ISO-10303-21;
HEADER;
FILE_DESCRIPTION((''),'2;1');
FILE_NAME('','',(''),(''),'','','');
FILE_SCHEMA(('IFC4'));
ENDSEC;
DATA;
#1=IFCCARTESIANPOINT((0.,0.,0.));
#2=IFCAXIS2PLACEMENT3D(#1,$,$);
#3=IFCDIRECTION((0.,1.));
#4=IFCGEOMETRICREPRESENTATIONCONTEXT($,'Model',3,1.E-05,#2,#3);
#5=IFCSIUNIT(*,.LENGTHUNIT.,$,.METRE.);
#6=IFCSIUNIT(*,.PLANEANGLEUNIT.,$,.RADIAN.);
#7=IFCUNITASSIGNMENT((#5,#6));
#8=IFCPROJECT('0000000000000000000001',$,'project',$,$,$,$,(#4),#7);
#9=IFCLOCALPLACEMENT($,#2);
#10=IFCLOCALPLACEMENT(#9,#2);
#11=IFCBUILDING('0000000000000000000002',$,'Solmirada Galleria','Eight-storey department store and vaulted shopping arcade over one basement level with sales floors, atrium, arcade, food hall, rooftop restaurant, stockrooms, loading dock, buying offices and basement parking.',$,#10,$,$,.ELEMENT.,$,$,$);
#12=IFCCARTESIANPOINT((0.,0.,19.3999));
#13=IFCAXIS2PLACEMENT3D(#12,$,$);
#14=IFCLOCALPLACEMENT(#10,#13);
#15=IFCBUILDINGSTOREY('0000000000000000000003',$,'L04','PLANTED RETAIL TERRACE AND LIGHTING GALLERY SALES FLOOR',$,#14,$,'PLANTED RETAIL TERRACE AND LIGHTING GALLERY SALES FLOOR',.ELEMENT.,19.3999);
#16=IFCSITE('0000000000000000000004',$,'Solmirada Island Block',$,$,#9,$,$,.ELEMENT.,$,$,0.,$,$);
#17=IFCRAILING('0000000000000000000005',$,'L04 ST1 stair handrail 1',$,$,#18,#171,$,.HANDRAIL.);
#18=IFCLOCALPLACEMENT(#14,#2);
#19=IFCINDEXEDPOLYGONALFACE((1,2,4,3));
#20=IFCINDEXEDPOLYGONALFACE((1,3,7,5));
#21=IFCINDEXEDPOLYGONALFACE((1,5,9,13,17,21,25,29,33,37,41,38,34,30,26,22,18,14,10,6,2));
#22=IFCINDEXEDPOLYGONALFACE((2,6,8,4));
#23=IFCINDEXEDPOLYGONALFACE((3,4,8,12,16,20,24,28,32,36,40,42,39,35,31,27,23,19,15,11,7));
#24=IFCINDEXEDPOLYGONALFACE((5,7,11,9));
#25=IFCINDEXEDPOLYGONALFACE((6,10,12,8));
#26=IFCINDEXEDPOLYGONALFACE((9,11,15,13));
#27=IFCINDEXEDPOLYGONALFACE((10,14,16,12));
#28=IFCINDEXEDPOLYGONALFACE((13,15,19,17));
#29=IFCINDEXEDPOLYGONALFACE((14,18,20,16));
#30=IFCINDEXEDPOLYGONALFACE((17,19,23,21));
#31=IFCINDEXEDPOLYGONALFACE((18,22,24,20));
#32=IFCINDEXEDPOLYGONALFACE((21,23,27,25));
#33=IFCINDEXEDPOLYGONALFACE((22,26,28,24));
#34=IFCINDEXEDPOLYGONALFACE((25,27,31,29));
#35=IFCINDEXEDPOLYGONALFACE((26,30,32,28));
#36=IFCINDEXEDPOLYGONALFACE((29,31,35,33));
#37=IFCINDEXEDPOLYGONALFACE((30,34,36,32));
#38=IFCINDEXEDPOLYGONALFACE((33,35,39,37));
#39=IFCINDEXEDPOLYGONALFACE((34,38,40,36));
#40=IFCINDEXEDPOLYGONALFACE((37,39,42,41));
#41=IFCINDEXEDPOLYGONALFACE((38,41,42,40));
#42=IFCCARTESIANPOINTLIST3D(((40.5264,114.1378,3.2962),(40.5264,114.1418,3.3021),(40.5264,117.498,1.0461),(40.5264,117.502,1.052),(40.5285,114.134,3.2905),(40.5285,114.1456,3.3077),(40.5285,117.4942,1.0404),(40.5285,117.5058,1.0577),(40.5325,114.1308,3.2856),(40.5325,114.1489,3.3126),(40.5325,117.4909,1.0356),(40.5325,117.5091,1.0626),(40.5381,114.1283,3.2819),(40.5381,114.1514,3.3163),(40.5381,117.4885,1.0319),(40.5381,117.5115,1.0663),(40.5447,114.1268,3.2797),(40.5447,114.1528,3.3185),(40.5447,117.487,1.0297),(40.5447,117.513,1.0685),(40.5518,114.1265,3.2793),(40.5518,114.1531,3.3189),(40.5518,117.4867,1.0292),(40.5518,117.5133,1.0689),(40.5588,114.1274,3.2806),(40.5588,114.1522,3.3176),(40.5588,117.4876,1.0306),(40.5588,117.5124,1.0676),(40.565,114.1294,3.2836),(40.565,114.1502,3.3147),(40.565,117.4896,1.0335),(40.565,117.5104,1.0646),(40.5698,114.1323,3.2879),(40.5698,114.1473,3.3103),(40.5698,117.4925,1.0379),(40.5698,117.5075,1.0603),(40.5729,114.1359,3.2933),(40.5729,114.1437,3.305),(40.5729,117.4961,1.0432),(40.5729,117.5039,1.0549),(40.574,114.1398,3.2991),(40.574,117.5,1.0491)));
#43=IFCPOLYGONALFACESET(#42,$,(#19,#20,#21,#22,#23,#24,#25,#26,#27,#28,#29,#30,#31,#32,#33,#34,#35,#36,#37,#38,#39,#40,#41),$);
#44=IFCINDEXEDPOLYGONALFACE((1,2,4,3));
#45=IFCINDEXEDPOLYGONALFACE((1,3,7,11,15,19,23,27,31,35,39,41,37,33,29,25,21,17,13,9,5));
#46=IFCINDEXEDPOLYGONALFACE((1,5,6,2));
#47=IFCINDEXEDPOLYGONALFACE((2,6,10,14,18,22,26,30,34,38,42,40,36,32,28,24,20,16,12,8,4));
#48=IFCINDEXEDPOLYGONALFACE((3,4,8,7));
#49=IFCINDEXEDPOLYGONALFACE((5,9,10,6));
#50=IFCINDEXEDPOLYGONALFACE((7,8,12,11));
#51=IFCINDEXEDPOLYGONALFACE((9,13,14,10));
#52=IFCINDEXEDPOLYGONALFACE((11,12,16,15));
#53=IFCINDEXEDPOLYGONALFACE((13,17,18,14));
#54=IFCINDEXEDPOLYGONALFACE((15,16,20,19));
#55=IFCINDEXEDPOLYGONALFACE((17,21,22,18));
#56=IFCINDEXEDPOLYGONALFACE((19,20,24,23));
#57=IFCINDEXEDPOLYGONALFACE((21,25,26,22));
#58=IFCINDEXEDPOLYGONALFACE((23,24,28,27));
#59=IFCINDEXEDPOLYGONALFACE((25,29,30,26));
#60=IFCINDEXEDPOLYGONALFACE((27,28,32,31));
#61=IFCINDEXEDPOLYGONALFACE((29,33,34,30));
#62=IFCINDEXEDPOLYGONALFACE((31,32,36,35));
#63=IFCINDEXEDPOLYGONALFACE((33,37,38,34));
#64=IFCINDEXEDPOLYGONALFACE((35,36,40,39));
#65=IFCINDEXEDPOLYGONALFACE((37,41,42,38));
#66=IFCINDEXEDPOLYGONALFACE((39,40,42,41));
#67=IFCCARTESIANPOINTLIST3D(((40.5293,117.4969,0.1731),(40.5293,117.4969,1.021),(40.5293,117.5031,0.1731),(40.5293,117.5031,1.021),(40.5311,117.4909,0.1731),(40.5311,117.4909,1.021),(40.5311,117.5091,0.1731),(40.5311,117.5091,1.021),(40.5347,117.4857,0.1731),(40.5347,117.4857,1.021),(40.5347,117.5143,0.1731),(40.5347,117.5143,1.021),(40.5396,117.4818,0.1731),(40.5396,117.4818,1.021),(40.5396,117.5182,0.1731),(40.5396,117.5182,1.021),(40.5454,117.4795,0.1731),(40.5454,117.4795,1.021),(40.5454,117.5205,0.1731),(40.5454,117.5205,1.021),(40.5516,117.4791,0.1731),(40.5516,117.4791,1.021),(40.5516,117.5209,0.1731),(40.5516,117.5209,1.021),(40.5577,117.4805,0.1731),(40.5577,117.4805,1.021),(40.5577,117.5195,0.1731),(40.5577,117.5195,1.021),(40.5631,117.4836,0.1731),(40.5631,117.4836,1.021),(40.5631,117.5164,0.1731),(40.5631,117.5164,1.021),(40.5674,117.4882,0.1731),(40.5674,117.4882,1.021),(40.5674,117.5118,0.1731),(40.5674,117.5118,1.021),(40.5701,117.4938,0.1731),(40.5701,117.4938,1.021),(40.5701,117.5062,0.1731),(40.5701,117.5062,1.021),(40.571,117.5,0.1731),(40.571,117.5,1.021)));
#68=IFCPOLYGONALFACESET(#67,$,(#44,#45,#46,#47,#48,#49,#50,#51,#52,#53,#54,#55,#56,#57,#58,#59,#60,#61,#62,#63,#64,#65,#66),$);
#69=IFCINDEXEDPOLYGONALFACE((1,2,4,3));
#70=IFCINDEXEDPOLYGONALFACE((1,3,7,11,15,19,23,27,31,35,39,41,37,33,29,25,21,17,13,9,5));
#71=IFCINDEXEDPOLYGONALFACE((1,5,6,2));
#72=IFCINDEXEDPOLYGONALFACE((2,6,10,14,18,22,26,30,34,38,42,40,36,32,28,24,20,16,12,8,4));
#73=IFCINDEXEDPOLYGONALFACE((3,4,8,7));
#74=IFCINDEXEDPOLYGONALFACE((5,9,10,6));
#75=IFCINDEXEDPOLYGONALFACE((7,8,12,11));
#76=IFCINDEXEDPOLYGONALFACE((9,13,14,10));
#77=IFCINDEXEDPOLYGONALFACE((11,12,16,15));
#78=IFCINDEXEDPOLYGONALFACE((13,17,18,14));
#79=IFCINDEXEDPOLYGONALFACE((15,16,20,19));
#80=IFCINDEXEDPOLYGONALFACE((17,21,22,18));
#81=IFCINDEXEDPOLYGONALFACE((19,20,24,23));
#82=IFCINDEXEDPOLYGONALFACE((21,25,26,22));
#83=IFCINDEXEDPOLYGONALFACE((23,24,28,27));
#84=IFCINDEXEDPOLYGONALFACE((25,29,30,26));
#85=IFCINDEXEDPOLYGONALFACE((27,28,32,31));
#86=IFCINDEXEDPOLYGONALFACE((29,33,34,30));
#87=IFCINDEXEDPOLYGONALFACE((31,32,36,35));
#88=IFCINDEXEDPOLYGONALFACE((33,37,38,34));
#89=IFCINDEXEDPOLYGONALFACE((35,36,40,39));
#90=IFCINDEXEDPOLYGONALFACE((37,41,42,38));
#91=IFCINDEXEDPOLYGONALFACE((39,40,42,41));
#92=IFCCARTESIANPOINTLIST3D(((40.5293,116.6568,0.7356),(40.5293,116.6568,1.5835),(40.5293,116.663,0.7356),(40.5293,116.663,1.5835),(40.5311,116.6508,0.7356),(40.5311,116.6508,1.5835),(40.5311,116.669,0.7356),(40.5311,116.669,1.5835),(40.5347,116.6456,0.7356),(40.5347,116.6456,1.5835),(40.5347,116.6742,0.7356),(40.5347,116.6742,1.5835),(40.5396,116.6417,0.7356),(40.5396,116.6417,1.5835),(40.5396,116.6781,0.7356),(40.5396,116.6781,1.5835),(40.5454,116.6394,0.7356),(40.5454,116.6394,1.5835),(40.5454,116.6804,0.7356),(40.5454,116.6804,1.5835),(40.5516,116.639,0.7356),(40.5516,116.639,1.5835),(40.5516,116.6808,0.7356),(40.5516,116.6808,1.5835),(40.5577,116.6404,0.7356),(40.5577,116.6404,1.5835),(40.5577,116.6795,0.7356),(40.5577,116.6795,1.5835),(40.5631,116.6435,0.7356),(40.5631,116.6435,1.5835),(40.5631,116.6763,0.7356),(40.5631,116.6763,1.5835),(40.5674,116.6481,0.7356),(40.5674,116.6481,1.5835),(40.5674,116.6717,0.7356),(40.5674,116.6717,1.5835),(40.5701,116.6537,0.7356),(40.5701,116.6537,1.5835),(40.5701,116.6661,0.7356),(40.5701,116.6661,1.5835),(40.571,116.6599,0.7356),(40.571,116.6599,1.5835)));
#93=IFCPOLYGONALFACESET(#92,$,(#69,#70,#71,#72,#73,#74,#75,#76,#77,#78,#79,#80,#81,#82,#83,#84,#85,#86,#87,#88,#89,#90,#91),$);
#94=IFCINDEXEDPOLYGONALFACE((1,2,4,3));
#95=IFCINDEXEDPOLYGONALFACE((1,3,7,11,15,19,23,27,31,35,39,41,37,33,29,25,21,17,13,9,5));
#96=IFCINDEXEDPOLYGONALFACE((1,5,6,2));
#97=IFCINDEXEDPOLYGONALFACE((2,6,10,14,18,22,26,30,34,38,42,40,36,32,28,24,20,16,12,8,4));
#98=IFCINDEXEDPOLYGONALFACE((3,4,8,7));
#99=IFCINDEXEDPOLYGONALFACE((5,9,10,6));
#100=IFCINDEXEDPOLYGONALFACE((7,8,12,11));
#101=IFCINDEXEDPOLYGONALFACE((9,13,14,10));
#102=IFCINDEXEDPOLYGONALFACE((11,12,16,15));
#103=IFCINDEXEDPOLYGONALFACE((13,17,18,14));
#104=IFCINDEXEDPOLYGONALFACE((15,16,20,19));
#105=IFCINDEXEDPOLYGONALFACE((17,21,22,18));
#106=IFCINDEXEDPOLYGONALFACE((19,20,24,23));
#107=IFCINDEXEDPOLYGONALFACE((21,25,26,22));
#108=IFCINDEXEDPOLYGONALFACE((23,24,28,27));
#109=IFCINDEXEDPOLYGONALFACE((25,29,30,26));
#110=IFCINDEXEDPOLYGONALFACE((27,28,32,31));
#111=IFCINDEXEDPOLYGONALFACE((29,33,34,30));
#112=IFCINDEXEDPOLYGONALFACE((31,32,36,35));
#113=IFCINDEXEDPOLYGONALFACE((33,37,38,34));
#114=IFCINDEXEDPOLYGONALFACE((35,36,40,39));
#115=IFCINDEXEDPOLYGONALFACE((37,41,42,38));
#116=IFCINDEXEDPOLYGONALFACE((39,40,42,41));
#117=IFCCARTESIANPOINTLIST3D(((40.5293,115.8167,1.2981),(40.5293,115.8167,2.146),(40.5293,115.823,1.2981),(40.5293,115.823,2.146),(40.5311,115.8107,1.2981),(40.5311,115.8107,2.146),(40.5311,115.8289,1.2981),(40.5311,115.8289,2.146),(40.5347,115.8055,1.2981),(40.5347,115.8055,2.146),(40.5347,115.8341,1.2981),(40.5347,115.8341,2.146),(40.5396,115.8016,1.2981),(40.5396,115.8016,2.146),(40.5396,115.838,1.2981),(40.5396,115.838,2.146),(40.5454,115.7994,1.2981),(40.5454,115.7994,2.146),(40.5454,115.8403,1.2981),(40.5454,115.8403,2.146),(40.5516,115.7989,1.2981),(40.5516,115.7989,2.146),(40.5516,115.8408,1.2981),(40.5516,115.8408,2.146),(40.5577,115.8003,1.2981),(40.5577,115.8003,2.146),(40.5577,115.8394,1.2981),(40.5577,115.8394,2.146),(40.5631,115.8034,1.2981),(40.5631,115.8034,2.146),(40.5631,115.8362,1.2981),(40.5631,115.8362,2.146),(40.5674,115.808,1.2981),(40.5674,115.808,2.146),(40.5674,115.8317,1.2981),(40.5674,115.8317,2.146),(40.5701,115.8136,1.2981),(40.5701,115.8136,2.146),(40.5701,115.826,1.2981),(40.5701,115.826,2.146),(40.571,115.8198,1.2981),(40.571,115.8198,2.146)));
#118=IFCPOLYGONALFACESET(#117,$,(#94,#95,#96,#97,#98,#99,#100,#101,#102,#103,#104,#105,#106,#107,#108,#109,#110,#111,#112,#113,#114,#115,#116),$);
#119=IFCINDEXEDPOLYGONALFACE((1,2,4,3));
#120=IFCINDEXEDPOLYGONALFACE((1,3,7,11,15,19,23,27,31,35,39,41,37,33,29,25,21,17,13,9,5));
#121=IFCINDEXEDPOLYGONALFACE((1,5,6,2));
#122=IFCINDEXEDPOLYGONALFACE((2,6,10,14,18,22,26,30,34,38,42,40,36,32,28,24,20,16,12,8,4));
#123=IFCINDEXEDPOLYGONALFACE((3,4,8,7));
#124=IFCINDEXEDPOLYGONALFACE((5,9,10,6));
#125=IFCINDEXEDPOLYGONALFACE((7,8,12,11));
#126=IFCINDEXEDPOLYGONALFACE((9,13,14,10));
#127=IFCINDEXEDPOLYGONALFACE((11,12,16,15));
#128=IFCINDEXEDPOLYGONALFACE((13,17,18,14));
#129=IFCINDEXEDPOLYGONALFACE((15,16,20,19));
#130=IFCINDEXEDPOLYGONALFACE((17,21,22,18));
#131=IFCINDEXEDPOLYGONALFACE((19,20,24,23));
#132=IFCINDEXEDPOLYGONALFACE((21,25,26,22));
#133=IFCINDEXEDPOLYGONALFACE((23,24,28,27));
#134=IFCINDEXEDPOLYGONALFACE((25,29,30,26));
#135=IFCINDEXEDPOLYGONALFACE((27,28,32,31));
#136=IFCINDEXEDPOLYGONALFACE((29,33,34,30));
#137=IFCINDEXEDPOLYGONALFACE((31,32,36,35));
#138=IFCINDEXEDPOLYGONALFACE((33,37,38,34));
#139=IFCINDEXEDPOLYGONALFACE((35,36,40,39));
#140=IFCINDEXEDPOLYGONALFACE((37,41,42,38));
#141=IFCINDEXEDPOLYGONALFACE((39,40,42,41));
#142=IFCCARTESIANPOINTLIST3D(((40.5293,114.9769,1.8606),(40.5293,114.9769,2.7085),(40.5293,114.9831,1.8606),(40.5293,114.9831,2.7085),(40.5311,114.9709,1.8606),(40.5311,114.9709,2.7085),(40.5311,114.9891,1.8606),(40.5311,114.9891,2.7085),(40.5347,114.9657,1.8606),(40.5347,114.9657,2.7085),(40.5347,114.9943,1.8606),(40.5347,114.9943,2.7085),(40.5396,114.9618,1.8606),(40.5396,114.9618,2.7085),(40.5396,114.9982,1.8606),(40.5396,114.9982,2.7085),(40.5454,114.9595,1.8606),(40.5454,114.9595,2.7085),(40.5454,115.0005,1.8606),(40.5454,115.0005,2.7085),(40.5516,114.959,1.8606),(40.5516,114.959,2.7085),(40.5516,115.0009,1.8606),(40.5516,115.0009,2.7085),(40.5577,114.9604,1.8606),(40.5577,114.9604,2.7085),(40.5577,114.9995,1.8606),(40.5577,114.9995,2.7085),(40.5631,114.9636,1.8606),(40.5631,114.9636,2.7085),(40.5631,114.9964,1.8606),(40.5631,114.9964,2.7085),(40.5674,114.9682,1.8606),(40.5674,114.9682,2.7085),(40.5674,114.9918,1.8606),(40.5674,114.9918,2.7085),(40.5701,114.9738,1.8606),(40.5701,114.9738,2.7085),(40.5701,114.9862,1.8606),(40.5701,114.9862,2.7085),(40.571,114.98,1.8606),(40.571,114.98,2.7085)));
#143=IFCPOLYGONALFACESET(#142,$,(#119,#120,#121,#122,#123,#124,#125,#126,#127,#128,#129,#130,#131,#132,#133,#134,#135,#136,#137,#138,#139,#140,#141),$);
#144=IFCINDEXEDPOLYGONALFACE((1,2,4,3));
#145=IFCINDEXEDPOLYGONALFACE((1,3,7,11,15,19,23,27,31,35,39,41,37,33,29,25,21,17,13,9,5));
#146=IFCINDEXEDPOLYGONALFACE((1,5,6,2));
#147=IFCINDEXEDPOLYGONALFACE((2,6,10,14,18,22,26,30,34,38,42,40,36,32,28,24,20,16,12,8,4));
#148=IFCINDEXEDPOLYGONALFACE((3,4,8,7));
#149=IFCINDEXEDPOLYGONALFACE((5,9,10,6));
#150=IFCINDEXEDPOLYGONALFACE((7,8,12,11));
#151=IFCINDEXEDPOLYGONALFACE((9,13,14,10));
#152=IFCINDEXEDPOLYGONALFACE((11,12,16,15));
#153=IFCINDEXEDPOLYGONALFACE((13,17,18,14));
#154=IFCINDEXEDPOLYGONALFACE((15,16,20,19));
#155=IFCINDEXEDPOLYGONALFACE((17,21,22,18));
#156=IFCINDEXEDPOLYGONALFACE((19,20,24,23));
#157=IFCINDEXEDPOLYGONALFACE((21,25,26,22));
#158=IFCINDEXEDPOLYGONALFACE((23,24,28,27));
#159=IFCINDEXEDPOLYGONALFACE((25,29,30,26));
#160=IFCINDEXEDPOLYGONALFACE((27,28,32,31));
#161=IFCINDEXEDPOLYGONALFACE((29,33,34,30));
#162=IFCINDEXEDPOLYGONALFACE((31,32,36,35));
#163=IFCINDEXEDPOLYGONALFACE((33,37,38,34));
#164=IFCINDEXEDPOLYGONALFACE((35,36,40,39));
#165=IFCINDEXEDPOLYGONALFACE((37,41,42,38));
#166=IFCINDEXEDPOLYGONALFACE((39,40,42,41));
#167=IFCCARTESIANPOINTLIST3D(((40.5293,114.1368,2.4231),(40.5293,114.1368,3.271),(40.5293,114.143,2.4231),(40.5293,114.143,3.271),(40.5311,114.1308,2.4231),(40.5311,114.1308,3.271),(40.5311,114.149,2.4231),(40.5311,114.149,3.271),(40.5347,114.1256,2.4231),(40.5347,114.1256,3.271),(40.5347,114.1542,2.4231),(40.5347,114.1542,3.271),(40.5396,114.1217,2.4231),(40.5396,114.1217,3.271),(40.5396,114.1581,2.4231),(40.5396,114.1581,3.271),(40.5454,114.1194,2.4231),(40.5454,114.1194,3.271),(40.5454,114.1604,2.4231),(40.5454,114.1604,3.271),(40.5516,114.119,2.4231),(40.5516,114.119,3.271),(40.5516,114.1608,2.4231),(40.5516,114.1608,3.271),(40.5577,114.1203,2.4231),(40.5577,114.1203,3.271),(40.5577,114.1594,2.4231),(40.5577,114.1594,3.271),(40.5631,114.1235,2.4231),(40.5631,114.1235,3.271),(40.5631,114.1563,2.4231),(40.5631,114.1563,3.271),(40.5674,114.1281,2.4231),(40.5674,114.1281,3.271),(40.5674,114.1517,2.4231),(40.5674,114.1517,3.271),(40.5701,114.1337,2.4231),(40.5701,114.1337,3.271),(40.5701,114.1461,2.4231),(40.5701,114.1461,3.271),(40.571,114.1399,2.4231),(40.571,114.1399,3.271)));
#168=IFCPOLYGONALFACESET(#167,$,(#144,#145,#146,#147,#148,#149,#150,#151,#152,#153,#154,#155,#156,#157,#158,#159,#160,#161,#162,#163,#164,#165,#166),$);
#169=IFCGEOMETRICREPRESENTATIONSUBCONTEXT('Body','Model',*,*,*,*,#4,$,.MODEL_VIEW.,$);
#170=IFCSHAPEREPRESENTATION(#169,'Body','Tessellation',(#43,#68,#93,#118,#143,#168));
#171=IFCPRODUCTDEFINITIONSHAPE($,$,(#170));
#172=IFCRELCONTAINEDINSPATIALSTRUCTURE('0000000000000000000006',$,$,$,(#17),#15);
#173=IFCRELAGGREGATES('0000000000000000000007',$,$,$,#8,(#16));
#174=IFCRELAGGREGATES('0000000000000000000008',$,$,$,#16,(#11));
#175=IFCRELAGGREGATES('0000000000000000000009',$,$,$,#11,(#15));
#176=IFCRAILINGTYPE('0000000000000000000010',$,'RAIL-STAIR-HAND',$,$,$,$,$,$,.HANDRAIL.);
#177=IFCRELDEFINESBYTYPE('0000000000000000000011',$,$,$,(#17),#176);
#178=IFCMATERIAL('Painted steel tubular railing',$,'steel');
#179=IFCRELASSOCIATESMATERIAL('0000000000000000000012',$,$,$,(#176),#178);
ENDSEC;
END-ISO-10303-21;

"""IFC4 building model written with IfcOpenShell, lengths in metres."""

from ifc_helpers import new_model, si_unit, direction, frame, origin, origin_2d, place, context, subcontext, project, spatial, circle, extrude, material, type_object, element, save


model = new_model("IFC4")

# Units and contexts
model_context = context("Model", 3, precision=1e-05, world=origin(), true_north=direction((0.0, 1.0)))
body_context = subcontext(model_context, "Body", "Model", "MODEL_VIEW")
ifc_project = project(units=[si_unit("LENGTHUNIT", "METRE"), si_unit("PLANEANGLEUNIT", "RADIAN")], contexts=[model_context])

# Site, building, storey
site_placement = place(None, origin())
site = spatial("IfcSite", under=ifc_project, at=site_placement, Name="Solmirada Island Block", CompositionType="ELEMENT", RefElevation=0.0)
building_placement = place(site_placement, origin())
building = spatial("IfcBuilding", under=site, at=building_placement, Name="Solmirada Galleria", Description="Eight-storey department store and vaulted shopping arcade over one basement level with sales floors, atrium, arcade, food hall, rooftop restaurant, stockrooms, loading dock, buying offices and basement parking.", CompositionType="ELEMENT")
storey_placement = place(building_placement, frame((0.0, 0.0, 19.3999)))
storey = spatial("IfcBuildingStorey", under=building, at=storey_placement, Name="L04", Description="PLANTED RETAIL TERRACE AND LIGHTING GALLERY SALES FLOOR", LongName="PLANTED RETAIL TERRACE AND LIGHTING GALLERY SALES FLOOR", CompositionType="ELEMENT", Elevation=19.3999)

# Railing
ifc_material_1 = material(Name="Painted steel tubular railing", Category="steel")
railing_type_1 = type_object("IfcRailingType", Name="RAIL-STAIR-HAND", PredefinedType="HANDRAIL", material=ifc_material_1)
railing_1_placement = place(storey_placement, frame((40.55, 117.5, 0.1731)))
element("IfcRailing", 1, at=railing_1_placement, inside=storey, type_object=railing_type_1, Name="L04 ST1 stair handrail 1", PredefinedType="HANDRAIL", context=body_context, shape_type="SweptSolid", body=[
    extrude(circle(Radius=0.0239, at=origin_2d()), frame((0.0, 0.0, 0.876), z_axis=(0.0, -0.830915, 0.556399), x_axis=(1.0, 0.0, 0.0)), (0.0, 0.0, 1.0), 4.0439),
    extrude(circle(Radius=0.021, at=origin_2d()), origin(), (0.0, 0.0, 1.0), 0.8479),
    extrude(circle(Radius=0.021, at=origin_2d()), frame((0.0, -0.8401, 0.5625)), (0.0, 0.0, 1.0), 0.8479),
    extrude(circle(Radius=0.021, at=origin_2d()), frame((0.0, -1.6802, 1.125)), (0.0, 0.0, 1.0), 0.8479),
    extrude(circle(Radius=0.021, at=origin_2d()), frame((0.0, -2.52, 1.6875)), (0.0, 0.0, 1.0), 0.8479),
    extrude(circle(Radius=0.021, at=origin_2d()), frame((0.0, -3.3601, 2.25)), (0.0, 0.0, 1.0), 0.8479),
])

save(model, "model.ifc")
